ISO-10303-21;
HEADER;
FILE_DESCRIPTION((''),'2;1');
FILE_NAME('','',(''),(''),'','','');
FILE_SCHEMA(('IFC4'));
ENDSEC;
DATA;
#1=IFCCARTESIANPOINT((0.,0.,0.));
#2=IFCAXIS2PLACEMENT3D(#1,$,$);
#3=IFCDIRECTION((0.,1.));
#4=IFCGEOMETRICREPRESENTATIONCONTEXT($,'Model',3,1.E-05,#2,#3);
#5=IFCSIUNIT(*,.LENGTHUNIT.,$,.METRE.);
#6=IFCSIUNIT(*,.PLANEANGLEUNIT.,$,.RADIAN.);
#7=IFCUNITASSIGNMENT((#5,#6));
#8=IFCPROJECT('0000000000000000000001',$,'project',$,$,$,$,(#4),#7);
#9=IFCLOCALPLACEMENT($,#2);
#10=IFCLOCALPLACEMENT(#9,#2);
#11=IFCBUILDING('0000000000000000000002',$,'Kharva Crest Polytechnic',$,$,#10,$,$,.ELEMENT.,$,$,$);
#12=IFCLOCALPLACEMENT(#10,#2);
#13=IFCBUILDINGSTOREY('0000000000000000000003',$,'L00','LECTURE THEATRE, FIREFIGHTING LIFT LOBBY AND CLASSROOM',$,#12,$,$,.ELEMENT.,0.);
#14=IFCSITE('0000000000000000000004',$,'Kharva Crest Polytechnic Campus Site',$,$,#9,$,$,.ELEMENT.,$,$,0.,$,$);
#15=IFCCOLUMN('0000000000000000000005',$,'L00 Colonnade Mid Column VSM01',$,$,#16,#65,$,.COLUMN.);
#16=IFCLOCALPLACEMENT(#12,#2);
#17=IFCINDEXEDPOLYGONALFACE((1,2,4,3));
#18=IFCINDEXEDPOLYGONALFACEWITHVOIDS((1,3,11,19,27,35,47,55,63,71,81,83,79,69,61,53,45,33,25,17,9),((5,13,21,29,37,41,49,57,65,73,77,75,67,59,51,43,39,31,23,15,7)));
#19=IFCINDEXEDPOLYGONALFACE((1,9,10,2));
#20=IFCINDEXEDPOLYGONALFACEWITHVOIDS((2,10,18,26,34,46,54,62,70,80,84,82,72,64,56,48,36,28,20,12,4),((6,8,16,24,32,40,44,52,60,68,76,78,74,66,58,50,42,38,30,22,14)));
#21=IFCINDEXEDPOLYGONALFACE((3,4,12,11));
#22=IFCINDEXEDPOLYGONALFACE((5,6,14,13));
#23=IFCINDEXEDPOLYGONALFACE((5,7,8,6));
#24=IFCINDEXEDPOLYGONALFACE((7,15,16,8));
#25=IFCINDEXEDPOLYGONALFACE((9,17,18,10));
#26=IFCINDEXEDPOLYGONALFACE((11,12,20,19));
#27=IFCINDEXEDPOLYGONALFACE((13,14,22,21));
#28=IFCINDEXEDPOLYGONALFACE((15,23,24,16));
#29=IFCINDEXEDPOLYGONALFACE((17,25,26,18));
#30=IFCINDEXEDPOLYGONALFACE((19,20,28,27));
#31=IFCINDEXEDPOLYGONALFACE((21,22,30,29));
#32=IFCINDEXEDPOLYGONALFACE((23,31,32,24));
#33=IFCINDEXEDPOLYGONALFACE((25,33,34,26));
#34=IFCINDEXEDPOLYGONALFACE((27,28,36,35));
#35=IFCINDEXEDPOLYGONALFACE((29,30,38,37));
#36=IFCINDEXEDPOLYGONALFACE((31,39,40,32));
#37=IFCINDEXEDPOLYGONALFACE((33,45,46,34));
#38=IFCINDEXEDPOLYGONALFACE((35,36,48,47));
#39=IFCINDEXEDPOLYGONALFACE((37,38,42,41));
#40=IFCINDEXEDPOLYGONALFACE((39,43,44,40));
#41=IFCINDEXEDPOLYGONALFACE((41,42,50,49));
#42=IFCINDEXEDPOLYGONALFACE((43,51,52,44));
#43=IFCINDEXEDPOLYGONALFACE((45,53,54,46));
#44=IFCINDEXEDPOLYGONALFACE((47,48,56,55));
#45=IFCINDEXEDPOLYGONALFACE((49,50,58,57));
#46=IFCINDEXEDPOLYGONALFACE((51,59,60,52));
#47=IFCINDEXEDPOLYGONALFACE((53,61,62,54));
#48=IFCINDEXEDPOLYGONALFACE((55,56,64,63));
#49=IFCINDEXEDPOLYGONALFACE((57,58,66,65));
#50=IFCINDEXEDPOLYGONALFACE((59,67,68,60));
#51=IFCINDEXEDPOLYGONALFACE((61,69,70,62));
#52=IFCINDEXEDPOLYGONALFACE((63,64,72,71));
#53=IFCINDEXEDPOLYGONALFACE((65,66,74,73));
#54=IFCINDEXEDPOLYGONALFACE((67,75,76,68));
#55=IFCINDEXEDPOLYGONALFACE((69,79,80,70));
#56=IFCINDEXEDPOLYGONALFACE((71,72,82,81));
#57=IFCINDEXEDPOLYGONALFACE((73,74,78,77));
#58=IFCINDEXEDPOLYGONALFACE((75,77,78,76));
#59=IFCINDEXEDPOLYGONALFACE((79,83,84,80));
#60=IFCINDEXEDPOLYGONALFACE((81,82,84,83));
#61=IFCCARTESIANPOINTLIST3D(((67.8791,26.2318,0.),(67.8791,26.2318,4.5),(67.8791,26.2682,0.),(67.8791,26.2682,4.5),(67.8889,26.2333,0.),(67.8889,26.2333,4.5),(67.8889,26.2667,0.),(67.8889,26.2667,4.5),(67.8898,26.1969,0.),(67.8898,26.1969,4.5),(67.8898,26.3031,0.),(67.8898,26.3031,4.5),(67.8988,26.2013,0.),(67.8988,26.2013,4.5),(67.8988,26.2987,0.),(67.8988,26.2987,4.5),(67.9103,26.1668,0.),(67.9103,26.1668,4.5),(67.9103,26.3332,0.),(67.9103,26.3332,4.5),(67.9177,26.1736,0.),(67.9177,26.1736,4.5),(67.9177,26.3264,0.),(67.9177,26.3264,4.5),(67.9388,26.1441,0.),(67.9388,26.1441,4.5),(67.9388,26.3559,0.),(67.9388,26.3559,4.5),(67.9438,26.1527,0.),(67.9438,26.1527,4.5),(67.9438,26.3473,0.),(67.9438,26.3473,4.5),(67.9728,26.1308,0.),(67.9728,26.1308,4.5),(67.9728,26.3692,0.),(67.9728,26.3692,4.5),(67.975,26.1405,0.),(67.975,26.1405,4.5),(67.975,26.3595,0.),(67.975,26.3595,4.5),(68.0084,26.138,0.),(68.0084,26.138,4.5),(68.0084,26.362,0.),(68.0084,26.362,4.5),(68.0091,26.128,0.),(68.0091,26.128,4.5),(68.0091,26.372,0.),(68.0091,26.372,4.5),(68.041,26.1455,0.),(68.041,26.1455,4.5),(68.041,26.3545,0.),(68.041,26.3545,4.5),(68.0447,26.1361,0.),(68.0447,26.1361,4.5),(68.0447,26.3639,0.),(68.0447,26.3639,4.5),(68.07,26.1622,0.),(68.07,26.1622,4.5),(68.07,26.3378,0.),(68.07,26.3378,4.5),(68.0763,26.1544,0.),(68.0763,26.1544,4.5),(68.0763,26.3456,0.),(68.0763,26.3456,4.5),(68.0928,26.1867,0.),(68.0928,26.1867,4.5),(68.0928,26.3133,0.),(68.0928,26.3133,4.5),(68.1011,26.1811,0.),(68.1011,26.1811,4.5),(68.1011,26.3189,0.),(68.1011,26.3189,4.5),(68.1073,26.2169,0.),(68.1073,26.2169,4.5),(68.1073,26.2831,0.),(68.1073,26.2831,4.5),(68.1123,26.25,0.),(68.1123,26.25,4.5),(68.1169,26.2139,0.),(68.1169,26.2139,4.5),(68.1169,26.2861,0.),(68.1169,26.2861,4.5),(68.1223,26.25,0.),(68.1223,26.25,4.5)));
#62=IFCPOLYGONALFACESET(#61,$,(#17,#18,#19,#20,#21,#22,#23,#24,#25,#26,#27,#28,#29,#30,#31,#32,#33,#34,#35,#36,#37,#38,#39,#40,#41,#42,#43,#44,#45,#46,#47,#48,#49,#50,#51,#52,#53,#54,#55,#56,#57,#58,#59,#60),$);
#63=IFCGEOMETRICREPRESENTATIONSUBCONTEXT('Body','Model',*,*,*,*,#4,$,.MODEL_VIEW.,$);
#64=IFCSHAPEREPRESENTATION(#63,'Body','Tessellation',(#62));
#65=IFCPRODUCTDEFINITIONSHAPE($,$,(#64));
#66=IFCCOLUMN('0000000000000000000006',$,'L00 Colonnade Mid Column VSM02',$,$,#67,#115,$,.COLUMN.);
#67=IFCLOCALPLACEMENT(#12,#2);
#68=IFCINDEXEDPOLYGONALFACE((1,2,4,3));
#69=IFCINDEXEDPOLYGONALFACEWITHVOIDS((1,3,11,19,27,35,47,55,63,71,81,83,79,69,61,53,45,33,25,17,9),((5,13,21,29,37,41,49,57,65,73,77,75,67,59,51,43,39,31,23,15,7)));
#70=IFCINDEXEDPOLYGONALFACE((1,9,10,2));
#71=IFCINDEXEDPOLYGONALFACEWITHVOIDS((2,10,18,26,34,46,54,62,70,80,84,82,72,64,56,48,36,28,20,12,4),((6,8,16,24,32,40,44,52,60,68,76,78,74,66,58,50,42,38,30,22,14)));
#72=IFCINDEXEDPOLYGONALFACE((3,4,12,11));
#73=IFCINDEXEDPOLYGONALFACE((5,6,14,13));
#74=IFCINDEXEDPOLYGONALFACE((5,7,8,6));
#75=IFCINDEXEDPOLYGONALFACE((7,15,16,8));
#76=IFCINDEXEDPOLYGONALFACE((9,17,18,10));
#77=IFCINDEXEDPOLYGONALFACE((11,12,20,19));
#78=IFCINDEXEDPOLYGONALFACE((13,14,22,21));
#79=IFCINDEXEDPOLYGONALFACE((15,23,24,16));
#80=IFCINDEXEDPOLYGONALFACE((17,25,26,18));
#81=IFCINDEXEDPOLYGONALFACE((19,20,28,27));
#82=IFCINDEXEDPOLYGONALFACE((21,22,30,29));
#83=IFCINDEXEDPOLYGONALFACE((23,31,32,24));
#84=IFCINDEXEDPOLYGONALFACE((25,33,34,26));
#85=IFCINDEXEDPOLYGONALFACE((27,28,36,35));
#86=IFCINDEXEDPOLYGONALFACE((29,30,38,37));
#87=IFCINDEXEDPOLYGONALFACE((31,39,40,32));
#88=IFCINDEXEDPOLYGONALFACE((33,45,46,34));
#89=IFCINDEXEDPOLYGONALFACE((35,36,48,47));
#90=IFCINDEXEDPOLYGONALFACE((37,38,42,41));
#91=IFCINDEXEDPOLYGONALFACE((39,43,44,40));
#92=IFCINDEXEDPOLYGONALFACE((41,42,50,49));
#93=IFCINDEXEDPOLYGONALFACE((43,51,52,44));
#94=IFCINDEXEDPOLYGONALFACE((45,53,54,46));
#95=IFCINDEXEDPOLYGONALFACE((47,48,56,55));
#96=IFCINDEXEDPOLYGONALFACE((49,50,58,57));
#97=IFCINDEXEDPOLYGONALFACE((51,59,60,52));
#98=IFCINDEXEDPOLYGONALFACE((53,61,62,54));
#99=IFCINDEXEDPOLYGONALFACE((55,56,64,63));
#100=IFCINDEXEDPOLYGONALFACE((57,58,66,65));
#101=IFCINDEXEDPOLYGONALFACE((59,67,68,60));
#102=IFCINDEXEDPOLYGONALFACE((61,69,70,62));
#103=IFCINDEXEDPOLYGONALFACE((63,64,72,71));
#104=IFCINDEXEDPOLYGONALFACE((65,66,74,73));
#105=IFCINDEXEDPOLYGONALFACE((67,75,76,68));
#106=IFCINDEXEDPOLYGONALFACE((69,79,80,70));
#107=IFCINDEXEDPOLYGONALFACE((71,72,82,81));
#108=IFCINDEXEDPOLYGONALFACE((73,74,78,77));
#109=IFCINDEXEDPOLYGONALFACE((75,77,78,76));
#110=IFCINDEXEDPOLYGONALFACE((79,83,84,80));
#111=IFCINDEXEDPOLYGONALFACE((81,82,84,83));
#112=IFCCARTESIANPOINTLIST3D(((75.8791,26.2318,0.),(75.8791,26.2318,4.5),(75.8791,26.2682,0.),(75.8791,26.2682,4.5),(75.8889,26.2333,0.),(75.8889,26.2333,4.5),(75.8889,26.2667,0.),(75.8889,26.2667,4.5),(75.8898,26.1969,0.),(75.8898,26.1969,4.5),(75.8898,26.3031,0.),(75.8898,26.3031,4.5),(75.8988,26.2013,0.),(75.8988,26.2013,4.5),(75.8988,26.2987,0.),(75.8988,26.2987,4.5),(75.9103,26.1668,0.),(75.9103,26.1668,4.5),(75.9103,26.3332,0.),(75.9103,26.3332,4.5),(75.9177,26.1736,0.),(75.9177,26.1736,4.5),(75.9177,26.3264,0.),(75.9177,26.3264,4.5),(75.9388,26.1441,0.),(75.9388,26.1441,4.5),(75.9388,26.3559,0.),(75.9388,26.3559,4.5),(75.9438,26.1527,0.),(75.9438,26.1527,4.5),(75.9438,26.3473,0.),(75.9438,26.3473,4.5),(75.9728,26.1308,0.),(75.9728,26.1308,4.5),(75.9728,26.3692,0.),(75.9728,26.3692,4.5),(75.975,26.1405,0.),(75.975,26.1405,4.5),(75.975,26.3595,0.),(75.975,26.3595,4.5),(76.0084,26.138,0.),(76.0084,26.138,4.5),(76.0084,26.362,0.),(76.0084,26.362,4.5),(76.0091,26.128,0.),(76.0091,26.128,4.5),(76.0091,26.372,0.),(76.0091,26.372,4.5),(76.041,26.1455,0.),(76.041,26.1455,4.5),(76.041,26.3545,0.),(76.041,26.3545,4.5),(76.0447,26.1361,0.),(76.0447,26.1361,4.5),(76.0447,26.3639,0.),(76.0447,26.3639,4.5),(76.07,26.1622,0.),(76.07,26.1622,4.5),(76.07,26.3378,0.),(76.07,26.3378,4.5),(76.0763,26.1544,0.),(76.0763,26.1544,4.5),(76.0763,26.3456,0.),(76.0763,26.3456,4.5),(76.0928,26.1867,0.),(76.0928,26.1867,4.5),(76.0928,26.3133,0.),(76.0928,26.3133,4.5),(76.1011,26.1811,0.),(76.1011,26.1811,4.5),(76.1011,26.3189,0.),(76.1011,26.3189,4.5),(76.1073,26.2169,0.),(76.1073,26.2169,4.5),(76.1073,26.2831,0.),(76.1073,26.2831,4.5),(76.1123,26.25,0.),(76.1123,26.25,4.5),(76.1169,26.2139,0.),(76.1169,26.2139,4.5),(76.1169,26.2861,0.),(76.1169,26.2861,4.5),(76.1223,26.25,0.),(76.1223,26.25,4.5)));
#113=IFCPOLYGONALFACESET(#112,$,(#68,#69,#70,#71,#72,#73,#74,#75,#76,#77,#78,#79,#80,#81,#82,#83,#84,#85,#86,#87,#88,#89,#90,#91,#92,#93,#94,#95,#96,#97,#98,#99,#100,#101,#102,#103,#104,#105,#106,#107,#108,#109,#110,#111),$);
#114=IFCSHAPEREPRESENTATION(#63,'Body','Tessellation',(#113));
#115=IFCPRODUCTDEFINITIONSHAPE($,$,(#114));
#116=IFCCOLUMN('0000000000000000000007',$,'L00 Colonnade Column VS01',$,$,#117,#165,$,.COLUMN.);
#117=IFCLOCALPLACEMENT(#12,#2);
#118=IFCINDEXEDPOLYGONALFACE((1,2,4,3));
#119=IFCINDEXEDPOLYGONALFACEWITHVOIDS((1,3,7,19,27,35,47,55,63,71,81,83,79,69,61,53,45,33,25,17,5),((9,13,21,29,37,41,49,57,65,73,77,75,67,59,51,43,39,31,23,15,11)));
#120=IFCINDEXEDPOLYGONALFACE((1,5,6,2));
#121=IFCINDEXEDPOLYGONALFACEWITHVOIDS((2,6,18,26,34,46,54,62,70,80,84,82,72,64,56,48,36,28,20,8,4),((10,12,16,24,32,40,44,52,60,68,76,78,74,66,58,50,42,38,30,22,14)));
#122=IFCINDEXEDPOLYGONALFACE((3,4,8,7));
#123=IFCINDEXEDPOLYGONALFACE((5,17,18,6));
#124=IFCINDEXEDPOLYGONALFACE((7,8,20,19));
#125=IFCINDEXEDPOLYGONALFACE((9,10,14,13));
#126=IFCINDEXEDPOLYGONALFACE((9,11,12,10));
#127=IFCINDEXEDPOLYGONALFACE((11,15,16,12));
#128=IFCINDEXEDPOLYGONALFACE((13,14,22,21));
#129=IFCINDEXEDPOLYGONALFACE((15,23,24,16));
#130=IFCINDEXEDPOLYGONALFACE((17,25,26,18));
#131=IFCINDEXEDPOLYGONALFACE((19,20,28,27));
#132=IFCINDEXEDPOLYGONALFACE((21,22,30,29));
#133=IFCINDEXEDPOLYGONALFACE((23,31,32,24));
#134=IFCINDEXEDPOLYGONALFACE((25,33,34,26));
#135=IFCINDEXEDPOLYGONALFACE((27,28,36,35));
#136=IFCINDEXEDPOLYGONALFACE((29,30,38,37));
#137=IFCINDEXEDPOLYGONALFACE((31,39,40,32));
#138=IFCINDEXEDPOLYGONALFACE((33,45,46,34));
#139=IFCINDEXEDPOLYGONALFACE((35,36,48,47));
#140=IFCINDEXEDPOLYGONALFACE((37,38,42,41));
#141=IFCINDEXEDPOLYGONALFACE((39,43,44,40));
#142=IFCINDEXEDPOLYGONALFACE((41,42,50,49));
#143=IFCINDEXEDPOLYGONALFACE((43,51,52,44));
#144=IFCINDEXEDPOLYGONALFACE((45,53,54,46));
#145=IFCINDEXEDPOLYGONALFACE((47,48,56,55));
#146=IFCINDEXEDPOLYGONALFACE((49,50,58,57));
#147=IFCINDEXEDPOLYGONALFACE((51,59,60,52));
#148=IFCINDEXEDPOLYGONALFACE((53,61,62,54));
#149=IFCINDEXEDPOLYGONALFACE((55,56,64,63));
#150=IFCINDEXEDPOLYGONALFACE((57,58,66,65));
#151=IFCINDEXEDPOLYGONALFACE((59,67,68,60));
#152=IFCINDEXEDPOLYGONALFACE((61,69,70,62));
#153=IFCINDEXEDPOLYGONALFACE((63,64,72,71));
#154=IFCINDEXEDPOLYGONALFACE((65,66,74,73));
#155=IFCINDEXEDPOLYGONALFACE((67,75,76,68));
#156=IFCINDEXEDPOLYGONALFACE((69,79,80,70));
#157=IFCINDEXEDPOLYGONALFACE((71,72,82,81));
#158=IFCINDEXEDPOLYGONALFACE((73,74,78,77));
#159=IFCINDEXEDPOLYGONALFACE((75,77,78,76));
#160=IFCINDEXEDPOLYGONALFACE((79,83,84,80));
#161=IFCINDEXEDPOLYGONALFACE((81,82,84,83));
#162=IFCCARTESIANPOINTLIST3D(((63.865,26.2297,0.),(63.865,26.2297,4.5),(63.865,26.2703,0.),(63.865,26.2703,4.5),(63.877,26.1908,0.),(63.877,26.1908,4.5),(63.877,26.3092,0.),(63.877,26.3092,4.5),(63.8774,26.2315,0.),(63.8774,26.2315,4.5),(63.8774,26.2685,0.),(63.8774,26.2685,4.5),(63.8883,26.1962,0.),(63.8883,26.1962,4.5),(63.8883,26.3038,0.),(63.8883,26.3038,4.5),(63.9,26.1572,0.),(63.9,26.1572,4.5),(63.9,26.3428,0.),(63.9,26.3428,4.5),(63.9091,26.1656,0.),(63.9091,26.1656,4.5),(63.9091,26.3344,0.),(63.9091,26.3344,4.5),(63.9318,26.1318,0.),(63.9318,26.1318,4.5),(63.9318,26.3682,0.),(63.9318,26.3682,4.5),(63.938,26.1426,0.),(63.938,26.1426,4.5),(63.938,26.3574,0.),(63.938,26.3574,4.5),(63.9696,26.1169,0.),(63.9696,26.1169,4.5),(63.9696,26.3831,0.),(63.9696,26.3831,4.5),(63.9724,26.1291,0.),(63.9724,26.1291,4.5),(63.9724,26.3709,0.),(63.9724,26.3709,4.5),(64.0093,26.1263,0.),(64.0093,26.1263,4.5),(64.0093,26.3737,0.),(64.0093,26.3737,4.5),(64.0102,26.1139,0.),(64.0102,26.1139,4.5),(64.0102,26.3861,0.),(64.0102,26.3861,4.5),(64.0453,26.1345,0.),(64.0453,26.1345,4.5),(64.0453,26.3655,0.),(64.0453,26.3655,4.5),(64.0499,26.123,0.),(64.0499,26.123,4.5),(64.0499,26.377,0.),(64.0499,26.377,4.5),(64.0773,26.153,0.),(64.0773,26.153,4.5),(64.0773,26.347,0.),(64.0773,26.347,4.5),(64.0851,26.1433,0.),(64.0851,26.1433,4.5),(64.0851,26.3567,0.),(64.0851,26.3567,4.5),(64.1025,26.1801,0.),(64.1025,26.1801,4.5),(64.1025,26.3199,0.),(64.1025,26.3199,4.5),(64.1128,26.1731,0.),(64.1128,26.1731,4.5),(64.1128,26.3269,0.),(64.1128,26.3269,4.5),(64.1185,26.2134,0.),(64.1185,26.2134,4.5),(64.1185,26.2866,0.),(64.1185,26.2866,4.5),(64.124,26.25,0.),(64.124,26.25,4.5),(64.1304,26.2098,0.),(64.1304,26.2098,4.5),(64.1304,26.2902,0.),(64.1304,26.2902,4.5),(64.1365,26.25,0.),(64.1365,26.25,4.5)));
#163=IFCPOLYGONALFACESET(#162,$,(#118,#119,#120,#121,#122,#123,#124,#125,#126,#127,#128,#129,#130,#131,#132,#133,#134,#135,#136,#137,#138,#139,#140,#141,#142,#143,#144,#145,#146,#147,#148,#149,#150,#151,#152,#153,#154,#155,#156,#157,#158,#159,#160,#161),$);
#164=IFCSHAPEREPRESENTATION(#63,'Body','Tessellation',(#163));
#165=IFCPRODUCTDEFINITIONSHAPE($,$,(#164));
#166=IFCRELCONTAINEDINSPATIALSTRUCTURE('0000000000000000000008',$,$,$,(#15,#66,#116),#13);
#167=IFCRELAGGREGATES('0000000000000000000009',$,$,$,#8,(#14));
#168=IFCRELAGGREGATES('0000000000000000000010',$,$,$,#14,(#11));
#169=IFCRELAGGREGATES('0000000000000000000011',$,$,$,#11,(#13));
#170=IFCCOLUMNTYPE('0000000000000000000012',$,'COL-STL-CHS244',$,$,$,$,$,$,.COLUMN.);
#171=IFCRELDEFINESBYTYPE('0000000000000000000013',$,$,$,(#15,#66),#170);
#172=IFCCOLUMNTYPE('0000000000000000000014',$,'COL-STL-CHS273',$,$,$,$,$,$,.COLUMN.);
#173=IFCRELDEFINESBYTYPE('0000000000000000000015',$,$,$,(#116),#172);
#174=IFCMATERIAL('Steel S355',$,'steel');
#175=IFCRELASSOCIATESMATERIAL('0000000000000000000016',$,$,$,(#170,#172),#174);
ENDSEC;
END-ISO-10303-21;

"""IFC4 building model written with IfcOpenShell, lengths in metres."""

from ifc_helpers import new_model, si_unit, direction, frame, origin, origin_2d, place, context, subcontext, project, spatial, hollow_circle, extrude, material, material_profile, profile_set, type_object, element, save


model = new_model("IFC4")

# Units and contexts
model_context = context("Model", 3, precision=1e-05, world=origin(), true_north=direction((0.0, 1.0)))
body_context = subcontext(model_context, "Body", "Model", "MODEL_VIEW")
ifc_project = project(units=[si_unit("LENGTHUNIT", "METRE"), si_unit("PLANEANGLEUNIT", "RADIAN")], contexts=[model_context])

# Site, building, storey
site_placement = place(None, origin())
site = spatial("IfcSite", under=ifc_project, at=site_placement, Name="Kharva Crest Polytechnic Campus Site", CompositionType="ELEMENT", RefElevation=0.0)
building_placement = place(site_placement, origin())
building = spatial("IfcBuilding", under=site, at=building_placement, Name="Kharva Crest Polytechnic", CompositionType="ELEMENT")
storey_placement = place(building_placement, origin())
storey = spatial("IfcBuildingStorey", under=building, at=storey_placement, Name="L00", Description="LECTURE THEATRE, FIREFIGHTING LIFT LOBBY AND CLASSROOM", CompositionType="ELEMENT", Elevation=0.0)

# Columns
ifc_material_1 = material(Name="Steel S355", Category="steel")
ifc_material_profile_1 = material_profile(ifc_material_1, hollow_circle(Radius=0.1223, WallThickness=0.01, at=origin_2d()), Name="CHS 244.5X10.0")
ifc_profile_set_1 = profile_set([ifc_material_profile_1], Name="Steel S355")
column_type_1 = type_object("IfcColumnType", Name="COL-STL-CHS244", PredefinedType="COLUMN", material=ifc_profile_set_1)
for number, where, z_axis, x_axis, name in (
    (1, (68.0, 26.25, 0.0), (0.0, 0.0, 1.0), (1.0, 0.0, 0.0), "L00 Colonnade Mid Column VSM01"),
    (2, (76.0, 26.25, 0.0), (0.0, 0.0, 1.0), (1.0, 0.0, 0.0), "L00 Colonnade Mid Column VSM02"),
):
    element("IfcColumn", number, at=place(storey_placement, frame(where, z_axis=z_axis, x_axis=x_axis)), inside=storey, type_object=column_type_1, Name=name, PredefinedType="COLUMN", context=body_context, shape_type="SweptSolid", body=[
        extrude(hollow_circle(Radius=0.1223, WallThickness=0.01, at=origin_2d()), origin(), (0.0, 0.0, 1.0), 4.5),
    ])
ifc_material_profile_2 = material_profile(ifc_material_1, hollow_circle(Radius=0.1365, WallThickness=0.0125, at=origin_2d()), Name="CHS 273.0X12.5")
ifc_profile_set_2 = profile_set([ifc_material_profile_2], Name="Steel S355")
column_type_2 = type_object("IfcColumnType", Name="COL-STL-CHS273", PredefinedType="COLUMN", material=ifc_profile_set_2)
for number, where, z_axis, x_axis, name in (
    (3, (64.0, 26.25, 0.0), (0.0, 0.0, 1.0), (1.0, 0.0, 0.0), "L00 Colonnade Column VS01"),
):
    element("IfcColumn", number, at=place(storey_placement, frame(where, z_axis=z_axis, x_axis=x_axis)), inside=storey, type_object=column_type_2, Name=name, PredefinedType="COLUMN", context=body_context, shape_type="SweptSolid", body=[
        extrude(hollow_circle(Radius=0.1365, WallThickness=0.0125, at=origin_2d()), origin(), (0.0, 0.0, 1.0), 4.5),
    ])

save(model, "model.ifc")
